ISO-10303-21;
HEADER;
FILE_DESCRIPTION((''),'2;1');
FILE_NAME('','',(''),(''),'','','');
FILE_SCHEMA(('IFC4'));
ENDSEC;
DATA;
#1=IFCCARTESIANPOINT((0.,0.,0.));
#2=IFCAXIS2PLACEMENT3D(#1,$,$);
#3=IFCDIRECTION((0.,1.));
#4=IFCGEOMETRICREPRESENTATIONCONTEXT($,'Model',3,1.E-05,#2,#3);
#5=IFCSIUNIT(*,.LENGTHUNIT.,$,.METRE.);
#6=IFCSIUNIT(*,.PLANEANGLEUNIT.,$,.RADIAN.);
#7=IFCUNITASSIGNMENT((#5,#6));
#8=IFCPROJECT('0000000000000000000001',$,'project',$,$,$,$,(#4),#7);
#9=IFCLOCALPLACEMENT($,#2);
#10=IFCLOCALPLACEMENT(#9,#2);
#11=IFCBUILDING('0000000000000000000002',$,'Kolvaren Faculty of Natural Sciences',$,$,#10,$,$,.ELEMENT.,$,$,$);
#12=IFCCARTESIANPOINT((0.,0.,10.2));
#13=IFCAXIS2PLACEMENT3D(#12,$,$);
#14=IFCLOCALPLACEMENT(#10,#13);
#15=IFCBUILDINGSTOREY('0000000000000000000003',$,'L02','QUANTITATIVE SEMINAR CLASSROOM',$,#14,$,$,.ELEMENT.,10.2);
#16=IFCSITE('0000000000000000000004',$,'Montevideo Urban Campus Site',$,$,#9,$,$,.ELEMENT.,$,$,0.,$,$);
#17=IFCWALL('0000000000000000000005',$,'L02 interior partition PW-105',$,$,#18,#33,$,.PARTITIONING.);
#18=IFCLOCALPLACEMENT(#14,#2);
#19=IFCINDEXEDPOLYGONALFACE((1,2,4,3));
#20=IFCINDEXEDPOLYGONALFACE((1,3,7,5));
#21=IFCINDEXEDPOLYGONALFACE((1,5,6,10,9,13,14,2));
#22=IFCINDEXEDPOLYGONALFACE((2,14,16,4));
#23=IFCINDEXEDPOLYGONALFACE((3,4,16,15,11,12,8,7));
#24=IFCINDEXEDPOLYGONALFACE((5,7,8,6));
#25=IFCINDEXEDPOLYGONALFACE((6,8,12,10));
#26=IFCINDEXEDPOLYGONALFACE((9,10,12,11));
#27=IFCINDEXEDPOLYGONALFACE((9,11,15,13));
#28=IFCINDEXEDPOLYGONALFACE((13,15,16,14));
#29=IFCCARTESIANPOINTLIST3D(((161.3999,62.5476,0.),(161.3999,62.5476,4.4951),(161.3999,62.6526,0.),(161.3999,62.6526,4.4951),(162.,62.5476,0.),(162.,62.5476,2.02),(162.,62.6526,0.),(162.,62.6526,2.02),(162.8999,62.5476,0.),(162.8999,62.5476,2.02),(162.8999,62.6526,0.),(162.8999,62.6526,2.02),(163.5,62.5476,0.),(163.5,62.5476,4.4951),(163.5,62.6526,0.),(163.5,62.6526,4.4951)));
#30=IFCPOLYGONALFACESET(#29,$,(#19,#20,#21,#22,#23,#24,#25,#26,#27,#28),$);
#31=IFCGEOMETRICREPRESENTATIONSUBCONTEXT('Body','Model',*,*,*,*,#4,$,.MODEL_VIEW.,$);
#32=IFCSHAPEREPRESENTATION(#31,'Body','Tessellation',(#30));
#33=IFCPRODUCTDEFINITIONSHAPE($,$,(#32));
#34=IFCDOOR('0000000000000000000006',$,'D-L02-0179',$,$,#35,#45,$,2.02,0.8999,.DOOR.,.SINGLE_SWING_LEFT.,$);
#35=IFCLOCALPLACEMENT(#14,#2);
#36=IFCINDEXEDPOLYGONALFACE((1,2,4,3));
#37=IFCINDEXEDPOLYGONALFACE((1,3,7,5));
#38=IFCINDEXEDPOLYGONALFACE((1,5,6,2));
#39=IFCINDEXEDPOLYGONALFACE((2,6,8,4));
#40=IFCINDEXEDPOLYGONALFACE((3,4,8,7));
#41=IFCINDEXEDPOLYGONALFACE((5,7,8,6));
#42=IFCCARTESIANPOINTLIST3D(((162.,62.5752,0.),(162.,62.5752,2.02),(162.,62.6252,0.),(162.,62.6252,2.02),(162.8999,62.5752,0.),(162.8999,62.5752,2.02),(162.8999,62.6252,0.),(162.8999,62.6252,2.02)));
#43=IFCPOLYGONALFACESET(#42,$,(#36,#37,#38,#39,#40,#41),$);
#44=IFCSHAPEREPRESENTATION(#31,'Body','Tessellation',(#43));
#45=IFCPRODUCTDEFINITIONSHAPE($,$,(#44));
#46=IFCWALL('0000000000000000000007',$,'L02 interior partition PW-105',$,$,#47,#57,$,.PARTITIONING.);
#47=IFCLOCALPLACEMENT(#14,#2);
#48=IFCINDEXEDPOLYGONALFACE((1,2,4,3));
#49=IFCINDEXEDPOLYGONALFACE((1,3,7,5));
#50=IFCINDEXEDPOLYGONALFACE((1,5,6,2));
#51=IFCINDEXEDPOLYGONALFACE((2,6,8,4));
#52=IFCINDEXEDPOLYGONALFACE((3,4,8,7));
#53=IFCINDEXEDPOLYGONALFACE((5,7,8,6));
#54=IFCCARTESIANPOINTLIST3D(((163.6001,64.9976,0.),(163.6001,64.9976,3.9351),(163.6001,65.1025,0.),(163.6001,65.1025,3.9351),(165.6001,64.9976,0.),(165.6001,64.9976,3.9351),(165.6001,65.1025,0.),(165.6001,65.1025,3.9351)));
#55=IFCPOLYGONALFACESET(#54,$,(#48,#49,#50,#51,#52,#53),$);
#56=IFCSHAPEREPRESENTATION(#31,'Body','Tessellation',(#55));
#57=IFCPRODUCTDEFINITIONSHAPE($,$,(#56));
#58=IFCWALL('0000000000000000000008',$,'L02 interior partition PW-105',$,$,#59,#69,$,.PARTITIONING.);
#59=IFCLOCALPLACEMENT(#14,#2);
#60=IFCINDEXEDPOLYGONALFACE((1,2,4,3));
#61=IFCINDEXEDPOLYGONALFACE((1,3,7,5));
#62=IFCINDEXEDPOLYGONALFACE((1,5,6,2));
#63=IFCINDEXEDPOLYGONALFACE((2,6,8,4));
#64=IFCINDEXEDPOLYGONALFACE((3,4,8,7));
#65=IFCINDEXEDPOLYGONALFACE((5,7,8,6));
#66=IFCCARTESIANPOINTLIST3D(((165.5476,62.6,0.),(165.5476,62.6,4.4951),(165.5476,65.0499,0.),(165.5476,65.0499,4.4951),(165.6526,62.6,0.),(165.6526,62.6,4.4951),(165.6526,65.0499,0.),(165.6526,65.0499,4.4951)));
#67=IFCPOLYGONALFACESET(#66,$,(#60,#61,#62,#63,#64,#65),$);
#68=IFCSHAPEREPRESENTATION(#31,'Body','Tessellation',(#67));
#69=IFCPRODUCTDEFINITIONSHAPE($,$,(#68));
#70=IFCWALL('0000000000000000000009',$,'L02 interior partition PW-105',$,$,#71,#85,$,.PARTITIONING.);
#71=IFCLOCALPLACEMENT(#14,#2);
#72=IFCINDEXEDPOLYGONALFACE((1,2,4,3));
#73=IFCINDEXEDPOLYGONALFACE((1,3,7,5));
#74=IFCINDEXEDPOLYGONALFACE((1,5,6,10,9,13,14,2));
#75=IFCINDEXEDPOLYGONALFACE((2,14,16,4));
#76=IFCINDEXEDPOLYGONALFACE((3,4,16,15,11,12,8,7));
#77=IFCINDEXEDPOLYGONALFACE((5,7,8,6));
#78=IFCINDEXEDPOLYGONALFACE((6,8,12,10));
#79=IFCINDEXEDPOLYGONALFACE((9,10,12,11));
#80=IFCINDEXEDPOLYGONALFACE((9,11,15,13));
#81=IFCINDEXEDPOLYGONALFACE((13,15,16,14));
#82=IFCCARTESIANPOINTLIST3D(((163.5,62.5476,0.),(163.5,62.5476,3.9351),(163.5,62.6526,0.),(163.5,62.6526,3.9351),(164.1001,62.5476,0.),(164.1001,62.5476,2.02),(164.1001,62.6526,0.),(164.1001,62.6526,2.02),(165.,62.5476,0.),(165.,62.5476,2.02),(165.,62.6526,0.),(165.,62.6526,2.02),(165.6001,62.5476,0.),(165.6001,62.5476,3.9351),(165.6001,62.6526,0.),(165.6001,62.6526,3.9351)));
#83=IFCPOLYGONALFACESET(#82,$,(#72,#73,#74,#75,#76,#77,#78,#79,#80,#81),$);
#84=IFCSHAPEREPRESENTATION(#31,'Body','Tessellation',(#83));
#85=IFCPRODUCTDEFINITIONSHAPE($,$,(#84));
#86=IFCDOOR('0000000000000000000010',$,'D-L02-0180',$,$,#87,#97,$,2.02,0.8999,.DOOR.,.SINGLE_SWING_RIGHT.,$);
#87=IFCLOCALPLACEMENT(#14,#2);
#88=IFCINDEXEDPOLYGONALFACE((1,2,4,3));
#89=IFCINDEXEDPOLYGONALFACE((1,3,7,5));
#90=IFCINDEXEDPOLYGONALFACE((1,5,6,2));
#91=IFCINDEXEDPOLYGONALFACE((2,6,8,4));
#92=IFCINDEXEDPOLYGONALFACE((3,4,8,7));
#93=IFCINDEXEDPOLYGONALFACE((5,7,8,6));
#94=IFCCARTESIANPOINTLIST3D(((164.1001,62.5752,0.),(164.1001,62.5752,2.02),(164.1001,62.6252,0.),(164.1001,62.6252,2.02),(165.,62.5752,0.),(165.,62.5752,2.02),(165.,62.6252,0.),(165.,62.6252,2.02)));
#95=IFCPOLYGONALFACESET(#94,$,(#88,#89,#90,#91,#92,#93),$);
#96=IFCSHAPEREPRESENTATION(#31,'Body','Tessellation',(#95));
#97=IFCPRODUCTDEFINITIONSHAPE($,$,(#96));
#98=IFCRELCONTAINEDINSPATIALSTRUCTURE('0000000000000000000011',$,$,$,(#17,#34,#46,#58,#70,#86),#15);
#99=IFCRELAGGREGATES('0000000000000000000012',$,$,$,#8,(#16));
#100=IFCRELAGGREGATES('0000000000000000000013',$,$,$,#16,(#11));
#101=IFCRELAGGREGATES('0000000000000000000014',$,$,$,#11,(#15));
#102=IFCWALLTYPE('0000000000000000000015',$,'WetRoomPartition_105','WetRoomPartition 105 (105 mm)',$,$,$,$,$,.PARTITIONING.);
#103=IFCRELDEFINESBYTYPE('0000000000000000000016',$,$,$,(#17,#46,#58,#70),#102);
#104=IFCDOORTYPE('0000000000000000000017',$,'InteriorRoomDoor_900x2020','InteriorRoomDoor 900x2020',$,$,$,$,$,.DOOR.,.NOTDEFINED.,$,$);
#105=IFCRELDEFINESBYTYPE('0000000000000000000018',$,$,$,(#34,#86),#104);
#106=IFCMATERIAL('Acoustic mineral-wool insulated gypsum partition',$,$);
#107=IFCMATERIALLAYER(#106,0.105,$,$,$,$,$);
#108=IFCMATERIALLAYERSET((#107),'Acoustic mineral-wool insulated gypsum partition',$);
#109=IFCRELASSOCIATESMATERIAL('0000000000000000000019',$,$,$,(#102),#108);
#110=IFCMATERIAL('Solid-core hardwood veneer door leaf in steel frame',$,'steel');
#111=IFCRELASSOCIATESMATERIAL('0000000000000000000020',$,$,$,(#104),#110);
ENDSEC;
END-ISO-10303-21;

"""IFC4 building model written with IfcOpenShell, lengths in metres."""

from ifc_helpers import new_model, si_unit, direction, frame, frame_2d, origin, place, context, subcontext, project, spatial, rectangle, extrude, material, layer, layer_set, type_object, element, fill, save


model = new_model("IFC4")

# Units and contexts
model_context = context("Model", 3, precision=1e-05, world=origin(), true_north=direction((0.0, 1.0)))
body_context = subcontext(model_context, "Body", "Model", "MODEL_VIEW")
ifc_project = project(units=[si_unit("LENGTHUNIT", "METRE"), si_unit("PLANEANGLEUNIT", "RADIAN")], contexts=[model_context])

# Site, building, storey
site_placement = place(None, origin())
site = spatial("IfcSite", under=ifc_project, at=site_placement, Name="Montevideo Urban Campus Site", CompositionType="ELEMENT", RefElevation=0.0)
building_placement = place(site_placement, origin())
building = spatial("IfcBuilding", under=site, at=building_placement, Name="Kolvaren Faculty of Natural Sciences", CompositionType="ELEMENT")
storey_placement = place(building_placement, frame((0.0, 0.0, 10.2)))
storey = spatial("IfcBuildingStorey", under=building, at=storey_placement, Name="L02", Description="QUANTITATIVE SEMINAR CLASSROOM", CompositionType="ELEMENT", Elevation=10.2)

# Shared definitions
ifc_material_1 = material(Name="Acoustic mineral-wool insulated gypsum partition")

# Shared definitions
ifc_material_2 = material(Name="Solid-core hardwood veneer door leaf in steel frame", Category="steel")

# Shared definitions
ifc_layer_1 = layer(ifc_material_1, 0.105)
ifc_layer_set_1 = layer_set([ifc_layer_1], Name="Acoustic mineral-wool insulated gypsum partition")
wall_type_1 = type_object("IfcWallType", Name="WetRoomPartition_105", Description="WetRoomPartition 105 (105 mm)", PredefinedType="PARTITIONING", material=ifc_layer_set_1)

# Shared definitions
door_type_1 = type_object("IfcDoorType", Name="InteriorRoomDoor_900x2020", Description="InteriorRoomDoor 900x2020", OperationType="NOTDEFINED", PredefinedType="DOOR", material=ifc_material_2)

# Wall, opening, door
wall_1_placement = place(storey_placement, frame((163.5, 62.6001, 0.0), z_axis=(0.0, 0.0, 1.0), x_axis=(-1.0, 0.0, 0.0)))
wall_1 = element("IfcWall", 1, at=wall_1_placement, inside=storey, type_object=wall_type_1, Name="L02 interior partition PW-105", PredefinedType="PARTITIONING", context=body_context, shape_type="SweptSolid", body=[
    extrude(rectangle(XDim=2.1001, YDim=0.105, at=frame_2d((1.05, 0.0))), origin(), (0.0, 0.0, 1.0), 4.4951),
])
opening_1_placement = place(wall_1_placement, frame((0.6001, 0.0, 0.0)))
opening_1 = element("IfcOpeningElement", 2, at=opening_1_placement, cuts=wall_1, PredefinedType="OPENING", context=body_context, shape_type="SweptSolid", body=[
    extrude(rectangle(XDim=0.8999, YDim=2.02, at=frame_2d((0.45, 1.01))), frame((0.0, 0.0625, 0.0), z_axis=(0.0, -1.0, 0.0), x_axis=(1.0, 0.0, 0.0)), (0.0, 0.0, 1.0), 0.125),
])
door_1_placement = place(opening_1_placement, origin())
door_1 = element("IfcDoor", 3, at=door_1_placement, inside=storey, type_object=door_type_1, Name="D-L02-0179", OperationType="SINGLE_SWING_LEFT", OverallHeight=2.02, OverallWidth=0.8999, PredefinedType="DOOR", context=body_context, shape_type="SweptSolid", body=[
    extrude(rectangle(XDim=0.8999, YDim=2.02, at=frame_2d((0.45, 1.01))), frame((0.0, 0.0249, 0.0), z_axis=(0.0, -1.0, 0.0), x_axis=(1.0, 0.0, 0.0)), (0.0, 0.0, 1.0), 0.05),
])
fill(opening_1, door_1)

# Walls
wall_2_placement = place(storey_placement, frame((163.6001, 65.05, 0.0), z_axis=(0.0, 0.0, 1.0), x_axis=(1.0, 0.0, 0.0)))
element("IfcWall", 4, at=wall_2_placement, inside=storey, type_object=wall_type_1, Name="L02 interior partition PW-105", PredefinedType="PARTITIONING", context=body_context, shape_type="SweptSolid", body=[
    extrude(rectangle(XDim=2.0, YDim=0.105, at=frame_2d((1.0, 0.0))), origin(), (0.0, 0.0, 1.0), 3.9351),
])
wall_3_placement = place(storey_placement, frame((165.6001, 65.05, 0.0), z_axis=(0.0, 0.0, 1.0), x_axis=(0.0, -1.0, 0.0)))
element("IfcWall", 5, at=wall_3_placement, inside=storey, type_object=wall_type_1, Name="L02 interior partition PW-105", PredefinedType="PARTITIONING", context=body_context, shape_type="SweptSolid", body=[
    extrude(rectangle(XDim=2.45, YDim=0.105, at=frame_2d((1.2251, 0.0))), origin(), (0.0, 0.0, 1.0), 4.4951),
])

# Wall, opening, door
wall_4_placement = place(storey_placement, frame((165.6001, 62.6001, 0.0), z_axis=(0.0, 0.0, 1.0), x_axis=(-1.0, 0.0, 0.0)))
wall_4 = element("IfcWall", 6, at=wall_4_placement, inside=storey, type_object=wall_type_1, Name="L02 interior partition PW-105", PredefinedType="PARTITIONING", context=body_context, shape_type="SweptSolid", body=[
    extrude(rectangle(XDim=2.1001, YDim=0.105, at=frame_2d((1.05, 0.0))), origin(), (0.0, 0.0, 1.0), 3.9351),
])
opening_2_placement = place(wall_4_placement, frame((0.6001, 0.0, 0.0)))
opening_2 = element("IfcOpeningElement", 7, at=opening_2_placement, cuts=wall_4, PredefinedType="OPENING", context=body_context, shape_type="SweptSolid", body=[
    extrude(rectangle(XDim=0.8999, YDim=2.02, at=frame_2d((0.45, 1.01))), frame((0.0, 0.0625, 0.0), z_axis=(0.0, -1.0, 0.0), x_axis=(1.0, 0.0, 0.0)), (0.0, 0.0, 1.0), 0.125),
])
door_2_placement = place(opening_2_placement, origin())
door_2 = element("IfcDoor", 8, at=door_2_placement, inside=storey, type_object=door_type_1, Name="D-L02-0180", OperationType="SINGLE_SWING_RIGHT", OverallHeight=2.02, OverallWidth=0.8999, PredefinedType="DOOR", context=body_context, shape_type="SweptSolid", body=[
    extrude(rectangle(XDim=0.8999, YDim=2.02, at=frame_2d((0.45, 1.01))), frame((0.0, 0.0249, 0.0), z_axis=(0.0, -1.0, 0.0), x_axis=(1.0, 0.0, 0.0)), (0.0, 0.0, 1.0), 0.05),
])
fill(opening_2, door_2)

save(model, "model.ifc")
